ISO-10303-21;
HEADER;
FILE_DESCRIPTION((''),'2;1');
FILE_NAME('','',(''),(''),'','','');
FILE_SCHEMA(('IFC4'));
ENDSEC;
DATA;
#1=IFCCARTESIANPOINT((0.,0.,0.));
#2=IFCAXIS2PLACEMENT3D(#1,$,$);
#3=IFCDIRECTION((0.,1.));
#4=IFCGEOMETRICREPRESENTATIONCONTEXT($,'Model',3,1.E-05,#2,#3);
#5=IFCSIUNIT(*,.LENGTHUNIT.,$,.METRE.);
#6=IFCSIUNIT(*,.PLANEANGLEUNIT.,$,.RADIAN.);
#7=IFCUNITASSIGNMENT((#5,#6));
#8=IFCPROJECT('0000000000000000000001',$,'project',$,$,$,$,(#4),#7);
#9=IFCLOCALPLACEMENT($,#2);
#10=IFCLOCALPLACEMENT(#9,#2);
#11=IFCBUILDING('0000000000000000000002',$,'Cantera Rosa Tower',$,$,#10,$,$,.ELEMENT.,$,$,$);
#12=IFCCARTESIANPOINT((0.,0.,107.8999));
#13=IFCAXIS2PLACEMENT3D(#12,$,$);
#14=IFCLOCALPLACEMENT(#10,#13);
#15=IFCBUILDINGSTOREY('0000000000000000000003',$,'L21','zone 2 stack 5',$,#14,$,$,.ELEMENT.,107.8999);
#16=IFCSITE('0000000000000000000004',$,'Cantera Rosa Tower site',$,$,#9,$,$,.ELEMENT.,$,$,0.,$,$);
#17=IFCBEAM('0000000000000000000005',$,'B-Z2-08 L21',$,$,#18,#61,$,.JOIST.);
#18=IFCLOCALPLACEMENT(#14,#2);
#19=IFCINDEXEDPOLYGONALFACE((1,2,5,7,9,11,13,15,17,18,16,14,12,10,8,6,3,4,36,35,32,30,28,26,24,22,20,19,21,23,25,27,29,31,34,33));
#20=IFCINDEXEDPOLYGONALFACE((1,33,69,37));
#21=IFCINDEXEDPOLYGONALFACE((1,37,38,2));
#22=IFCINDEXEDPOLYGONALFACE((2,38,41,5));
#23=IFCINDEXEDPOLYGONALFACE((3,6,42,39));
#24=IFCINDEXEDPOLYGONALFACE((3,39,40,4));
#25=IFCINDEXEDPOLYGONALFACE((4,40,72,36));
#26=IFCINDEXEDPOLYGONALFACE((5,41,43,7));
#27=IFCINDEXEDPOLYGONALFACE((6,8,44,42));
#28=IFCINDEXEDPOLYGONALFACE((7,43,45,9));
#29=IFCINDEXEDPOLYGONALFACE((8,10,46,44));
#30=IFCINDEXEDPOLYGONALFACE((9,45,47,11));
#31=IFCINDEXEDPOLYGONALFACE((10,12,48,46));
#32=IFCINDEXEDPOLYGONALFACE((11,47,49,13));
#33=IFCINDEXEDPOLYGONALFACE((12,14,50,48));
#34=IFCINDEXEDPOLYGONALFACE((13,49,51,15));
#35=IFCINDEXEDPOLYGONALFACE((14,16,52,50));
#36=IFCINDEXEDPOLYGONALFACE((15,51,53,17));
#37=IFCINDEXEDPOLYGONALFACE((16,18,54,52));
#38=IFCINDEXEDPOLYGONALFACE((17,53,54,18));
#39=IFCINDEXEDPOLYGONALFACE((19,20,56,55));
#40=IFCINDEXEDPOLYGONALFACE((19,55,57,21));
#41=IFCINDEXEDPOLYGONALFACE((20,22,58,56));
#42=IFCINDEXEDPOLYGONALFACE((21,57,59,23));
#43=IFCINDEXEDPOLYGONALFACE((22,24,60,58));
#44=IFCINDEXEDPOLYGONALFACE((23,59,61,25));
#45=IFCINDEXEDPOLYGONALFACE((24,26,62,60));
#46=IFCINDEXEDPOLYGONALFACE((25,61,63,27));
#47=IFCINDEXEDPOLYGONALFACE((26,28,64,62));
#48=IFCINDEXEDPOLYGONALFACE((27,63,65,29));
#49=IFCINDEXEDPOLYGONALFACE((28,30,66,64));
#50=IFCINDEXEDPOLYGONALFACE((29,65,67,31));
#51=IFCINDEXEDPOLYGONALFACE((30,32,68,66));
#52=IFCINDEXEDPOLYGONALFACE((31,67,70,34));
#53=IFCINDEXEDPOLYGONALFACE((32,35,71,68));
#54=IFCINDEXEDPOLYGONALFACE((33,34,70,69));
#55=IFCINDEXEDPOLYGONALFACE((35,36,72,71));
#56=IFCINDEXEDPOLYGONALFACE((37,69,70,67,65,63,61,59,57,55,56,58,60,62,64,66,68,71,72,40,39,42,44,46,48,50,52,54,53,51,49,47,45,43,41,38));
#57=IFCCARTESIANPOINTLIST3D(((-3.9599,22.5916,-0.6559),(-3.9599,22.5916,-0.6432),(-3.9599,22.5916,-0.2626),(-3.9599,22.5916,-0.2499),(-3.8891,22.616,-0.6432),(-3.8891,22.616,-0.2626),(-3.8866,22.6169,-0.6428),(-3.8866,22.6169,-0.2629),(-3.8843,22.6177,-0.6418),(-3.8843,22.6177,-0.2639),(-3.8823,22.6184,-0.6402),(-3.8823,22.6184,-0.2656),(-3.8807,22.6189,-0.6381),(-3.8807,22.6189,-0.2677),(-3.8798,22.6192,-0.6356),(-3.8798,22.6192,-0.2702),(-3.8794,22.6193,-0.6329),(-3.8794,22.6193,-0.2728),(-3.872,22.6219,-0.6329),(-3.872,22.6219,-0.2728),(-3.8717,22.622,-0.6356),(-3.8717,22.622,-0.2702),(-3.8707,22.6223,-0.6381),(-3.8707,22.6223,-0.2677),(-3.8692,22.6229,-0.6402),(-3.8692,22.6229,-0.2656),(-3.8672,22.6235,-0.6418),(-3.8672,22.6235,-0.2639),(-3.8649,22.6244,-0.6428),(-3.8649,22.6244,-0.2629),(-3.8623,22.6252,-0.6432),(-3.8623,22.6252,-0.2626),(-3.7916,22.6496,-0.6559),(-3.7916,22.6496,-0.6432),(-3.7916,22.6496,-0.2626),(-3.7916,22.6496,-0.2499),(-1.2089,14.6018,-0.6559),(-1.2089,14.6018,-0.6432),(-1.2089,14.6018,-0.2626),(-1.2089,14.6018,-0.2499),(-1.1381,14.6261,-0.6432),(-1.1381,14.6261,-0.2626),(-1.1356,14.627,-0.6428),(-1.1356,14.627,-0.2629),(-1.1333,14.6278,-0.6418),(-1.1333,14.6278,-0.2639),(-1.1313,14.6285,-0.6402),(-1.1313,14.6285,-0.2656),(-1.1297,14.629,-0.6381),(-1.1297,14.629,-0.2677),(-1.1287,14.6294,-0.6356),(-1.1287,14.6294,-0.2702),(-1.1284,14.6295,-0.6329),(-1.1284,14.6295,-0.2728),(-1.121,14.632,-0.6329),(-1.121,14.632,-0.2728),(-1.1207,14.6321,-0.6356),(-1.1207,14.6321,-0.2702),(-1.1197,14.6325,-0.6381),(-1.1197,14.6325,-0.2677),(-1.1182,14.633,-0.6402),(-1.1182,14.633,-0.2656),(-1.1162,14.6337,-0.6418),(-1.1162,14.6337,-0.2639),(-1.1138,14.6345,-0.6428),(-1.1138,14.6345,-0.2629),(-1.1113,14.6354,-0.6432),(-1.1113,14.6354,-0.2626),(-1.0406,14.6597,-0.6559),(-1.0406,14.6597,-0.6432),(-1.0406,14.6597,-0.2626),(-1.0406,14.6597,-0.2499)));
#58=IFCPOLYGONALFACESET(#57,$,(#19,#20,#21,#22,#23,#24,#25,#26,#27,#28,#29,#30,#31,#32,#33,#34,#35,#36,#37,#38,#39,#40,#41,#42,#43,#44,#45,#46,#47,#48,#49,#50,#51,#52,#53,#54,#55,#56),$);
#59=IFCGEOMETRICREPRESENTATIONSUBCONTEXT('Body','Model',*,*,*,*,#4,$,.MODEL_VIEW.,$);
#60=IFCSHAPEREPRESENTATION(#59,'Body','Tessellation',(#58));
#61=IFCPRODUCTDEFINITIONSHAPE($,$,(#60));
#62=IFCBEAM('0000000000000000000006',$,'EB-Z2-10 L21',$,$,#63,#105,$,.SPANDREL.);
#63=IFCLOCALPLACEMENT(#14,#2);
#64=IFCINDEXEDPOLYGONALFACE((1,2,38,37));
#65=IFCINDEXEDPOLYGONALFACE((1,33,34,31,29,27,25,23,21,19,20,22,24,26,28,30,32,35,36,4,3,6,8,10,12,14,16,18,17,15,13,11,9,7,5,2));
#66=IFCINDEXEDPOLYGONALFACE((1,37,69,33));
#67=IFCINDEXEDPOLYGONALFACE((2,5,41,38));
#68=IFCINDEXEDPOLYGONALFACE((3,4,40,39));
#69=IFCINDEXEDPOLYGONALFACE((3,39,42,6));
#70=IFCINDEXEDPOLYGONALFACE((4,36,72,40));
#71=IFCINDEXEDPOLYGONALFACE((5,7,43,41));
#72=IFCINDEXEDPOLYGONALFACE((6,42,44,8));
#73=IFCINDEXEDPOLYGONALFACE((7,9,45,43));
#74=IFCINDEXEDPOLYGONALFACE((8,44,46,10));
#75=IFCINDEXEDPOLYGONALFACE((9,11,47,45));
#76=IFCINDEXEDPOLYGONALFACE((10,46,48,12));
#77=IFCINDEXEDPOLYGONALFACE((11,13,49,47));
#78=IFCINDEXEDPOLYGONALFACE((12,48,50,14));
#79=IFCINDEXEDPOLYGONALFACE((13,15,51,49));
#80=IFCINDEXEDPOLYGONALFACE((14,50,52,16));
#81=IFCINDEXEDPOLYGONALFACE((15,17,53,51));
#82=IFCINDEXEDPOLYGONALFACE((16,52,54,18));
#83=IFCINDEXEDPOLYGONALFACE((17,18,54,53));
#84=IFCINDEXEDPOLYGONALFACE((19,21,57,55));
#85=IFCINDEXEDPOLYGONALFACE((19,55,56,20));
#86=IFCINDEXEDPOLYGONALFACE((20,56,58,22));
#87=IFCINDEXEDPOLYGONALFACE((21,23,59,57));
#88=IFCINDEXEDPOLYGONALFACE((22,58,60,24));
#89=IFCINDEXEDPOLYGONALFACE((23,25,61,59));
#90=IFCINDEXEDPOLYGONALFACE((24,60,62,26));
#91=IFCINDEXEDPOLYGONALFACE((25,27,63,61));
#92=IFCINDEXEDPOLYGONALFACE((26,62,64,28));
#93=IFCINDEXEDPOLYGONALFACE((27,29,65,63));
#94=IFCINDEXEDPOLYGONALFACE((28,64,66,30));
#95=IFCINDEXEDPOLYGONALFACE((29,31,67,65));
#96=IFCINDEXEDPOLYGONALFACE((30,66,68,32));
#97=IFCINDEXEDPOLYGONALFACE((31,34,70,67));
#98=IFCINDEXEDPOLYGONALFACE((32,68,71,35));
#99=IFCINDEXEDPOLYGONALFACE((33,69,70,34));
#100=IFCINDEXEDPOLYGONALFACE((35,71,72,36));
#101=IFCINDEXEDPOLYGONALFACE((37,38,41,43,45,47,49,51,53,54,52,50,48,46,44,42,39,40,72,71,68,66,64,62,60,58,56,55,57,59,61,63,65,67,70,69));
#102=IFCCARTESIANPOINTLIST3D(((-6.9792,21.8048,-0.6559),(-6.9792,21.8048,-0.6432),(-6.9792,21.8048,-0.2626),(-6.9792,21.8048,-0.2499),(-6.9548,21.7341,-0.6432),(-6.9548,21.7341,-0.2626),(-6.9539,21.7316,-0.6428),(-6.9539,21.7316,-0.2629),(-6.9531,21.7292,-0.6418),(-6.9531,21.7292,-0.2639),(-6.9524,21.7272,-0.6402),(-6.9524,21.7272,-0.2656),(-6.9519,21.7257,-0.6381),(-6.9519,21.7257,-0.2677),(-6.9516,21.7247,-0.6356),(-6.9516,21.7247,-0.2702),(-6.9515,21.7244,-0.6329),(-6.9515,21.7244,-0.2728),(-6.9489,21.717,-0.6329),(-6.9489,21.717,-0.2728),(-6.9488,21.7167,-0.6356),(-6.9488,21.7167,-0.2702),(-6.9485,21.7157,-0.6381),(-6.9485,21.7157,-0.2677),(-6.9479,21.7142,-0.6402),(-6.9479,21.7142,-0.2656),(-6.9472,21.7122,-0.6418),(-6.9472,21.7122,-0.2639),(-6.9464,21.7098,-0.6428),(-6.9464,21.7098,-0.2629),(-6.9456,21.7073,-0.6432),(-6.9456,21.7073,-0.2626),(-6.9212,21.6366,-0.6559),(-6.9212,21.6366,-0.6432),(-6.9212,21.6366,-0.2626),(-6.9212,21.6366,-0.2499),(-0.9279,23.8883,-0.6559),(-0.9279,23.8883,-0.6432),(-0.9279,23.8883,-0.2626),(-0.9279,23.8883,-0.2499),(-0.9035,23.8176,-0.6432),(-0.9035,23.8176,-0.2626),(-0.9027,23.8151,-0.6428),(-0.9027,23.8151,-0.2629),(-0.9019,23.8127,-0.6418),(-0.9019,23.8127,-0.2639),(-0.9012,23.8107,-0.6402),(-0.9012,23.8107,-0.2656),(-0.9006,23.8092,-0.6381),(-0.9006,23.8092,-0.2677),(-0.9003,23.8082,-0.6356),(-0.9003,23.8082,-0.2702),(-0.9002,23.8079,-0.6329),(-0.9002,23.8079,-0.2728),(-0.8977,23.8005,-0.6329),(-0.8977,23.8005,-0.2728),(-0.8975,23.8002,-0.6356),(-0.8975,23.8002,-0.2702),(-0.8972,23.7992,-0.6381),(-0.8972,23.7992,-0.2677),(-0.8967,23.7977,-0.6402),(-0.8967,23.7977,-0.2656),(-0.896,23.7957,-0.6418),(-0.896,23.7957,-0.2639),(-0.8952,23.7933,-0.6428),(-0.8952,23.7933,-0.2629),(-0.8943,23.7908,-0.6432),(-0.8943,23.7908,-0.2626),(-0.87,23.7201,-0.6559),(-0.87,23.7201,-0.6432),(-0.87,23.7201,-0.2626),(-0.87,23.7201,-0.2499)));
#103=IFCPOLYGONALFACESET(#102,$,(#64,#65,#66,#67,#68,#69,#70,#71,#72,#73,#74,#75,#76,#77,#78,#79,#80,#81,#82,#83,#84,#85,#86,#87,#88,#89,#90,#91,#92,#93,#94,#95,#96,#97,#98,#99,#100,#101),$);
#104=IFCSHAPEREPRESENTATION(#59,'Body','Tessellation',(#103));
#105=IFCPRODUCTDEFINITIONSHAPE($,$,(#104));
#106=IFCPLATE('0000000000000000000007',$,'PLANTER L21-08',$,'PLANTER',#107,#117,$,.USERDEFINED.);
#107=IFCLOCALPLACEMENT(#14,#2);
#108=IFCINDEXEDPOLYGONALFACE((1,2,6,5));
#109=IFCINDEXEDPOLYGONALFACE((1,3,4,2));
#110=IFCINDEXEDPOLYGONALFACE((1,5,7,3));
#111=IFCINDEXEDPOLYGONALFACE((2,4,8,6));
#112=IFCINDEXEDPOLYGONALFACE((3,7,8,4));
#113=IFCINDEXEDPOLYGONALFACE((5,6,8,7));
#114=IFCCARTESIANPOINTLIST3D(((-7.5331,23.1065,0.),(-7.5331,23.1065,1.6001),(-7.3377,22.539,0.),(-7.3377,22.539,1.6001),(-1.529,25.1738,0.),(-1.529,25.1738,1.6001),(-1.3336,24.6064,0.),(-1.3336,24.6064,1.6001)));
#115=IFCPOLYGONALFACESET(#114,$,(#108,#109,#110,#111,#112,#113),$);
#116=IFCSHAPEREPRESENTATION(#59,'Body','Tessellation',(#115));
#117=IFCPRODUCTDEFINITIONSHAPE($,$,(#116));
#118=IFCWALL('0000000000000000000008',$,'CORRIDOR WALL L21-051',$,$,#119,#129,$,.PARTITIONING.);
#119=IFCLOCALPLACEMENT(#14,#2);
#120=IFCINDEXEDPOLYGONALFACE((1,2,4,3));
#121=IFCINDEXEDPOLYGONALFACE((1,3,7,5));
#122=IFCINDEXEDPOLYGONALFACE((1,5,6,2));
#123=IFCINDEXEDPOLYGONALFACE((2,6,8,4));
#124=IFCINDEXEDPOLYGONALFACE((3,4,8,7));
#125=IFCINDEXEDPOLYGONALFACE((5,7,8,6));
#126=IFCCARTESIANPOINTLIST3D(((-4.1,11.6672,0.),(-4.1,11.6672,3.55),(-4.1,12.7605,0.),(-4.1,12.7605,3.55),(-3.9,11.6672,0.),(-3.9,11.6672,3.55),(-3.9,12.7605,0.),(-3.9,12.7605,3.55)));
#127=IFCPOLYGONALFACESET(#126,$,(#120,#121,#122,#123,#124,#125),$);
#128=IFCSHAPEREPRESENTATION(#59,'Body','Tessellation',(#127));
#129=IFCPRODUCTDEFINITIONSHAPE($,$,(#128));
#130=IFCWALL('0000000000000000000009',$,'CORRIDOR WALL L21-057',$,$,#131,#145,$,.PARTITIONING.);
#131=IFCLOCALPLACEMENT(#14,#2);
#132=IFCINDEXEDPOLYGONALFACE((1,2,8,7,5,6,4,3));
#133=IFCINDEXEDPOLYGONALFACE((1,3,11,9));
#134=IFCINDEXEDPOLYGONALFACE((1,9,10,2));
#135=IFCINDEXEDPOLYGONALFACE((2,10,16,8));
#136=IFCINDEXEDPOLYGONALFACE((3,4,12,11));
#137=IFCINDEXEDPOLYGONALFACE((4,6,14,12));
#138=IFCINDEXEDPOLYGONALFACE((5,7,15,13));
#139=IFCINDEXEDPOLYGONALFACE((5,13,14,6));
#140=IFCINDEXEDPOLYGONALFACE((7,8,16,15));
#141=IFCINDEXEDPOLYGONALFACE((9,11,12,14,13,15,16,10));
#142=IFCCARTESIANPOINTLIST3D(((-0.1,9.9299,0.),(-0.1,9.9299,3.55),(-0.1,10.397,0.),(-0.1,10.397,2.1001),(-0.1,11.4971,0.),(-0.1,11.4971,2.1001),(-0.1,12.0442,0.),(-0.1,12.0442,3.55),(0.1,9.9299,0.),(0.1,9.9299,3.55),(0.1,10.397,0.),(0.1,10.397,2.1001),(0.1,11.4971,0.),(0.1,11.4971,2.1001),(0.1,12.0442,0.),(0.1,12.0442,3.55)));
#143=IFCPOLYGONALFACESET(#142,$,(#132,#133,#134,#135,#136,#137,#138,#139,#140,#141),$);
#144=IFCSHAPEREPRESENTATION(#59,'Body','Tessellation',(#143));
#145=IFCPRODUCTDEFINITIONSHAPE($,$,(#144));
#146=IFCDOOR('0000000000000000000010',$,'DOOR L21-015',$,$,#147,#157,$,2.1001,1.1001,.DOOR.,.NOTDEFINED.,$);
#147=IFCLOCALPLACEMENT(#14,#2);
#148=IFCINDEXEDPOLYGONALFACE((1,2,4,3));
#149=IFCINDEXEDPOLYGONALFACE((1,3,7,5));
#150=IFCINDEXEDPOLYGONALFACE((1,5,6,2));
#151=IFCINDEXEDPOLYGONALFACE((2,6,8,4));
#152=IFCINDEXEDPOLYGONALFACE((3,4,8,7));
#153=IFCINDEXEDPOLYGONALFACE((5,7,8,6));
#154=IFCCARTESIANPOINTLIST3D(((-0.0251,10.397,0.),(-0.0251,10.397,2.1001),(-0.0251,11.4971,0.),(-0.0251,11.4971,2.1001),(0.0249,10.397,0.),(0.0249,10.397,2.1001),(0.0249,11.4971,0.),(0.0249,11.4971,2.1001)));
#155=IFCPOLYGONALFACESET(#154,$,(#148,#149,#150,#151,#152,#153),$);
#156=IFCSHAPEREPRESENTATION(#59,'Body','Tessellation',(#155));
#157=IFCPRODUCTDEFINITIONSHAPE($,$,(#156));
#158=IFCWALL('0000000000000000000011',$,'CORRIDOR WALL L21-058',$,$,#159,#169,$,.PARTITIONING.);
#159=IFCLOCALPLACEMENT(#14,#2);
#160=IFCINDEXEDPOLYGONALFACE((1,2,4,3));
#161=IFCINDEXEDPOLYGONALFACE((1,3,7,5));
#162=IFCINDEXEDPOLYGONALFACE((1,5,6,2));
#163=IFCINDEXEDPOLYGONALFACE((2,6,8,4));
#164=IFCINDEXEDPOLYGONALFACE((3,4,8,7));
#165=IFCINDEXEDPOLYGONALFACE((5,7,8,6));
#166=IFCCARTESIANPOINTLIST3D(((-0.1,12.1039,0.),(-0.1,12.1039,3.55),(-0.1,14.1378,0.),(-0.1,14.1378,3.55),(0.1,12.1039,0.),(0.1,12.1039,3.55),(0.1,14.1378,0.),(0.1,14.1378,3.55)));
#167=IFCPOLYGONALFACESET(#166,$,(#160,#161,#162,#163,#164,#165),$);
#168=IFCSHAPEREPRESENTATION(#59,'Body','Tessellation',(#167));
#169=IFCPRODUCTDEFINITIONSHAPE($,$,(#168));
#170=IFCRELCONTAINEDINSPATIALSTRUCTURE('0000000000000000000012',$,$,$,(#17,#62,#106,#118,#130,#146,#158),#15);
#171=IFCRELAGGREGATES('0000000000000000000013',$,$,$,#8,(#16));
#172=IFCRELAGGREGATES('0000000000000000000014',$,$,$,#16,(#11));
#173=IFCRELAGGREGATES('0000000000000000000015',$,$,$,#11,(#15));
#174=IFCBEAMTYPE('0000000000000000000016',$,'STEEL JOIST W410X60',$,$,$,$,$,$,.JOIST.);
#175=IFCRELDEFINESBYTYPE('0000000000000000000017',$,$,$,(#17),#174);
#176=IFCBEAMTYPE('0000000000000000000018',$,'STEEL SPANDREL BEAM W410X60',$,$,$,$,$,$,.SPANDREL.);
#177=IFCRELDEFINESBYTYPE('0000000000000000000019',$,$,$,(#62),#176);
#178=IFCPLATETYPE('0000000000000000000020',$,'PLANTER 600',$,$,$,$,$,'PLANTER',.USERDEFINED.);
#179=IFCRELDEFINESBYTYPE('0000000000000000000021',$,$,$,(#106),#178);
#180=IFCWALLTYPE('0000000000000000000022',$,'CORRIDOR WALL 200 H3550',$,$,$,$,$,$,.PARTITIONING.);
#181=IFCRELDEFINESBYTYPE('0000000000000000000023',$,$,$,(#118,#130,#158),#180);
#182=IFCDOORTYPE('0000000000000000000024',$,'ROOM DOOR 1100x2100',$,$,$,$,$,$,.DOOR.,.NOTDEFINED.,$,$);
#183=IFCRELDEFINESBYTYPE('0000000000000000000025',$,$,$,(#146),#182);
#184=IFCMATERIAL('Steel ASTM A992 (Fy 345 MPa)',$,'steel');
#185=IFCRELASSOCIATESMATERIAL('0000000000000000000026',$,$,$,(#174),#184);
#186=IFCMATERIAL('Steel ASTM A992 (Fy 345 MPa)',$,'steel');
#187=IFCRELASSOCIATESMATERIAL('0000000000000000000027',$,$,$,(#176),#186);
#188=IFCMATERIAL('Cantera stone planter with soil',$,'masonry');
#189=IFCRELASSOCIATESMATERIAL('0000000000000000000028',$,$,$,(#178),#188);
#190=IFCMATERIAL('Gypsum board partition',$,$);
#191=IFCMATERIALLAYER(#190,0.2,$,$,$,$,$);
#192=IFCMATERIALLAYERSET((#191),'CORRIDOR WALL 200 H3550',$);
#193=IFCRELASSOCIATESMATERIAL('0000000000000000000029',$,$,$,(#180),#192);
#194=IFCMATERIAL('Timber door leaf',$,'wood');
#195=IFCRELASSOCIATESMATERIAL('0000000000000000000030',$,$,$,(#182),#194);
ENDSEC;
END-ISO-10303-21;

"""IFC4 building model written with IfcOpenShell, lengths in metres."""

from ifc_helpers import new_model, si_unit, direction, frame, frame_2d, origin, origin_2d, place, context, subcontext, project, spatial, rectangle, i_section, extrude, material, layer, layer_set, material_profile, profile_set, type_object, element, fill, save


model = new_model("IFC4")

# Units and contexts
model_context = context("Model", 3, precision=1e-05, world=origin(), true_north=direction((0.0, 1.0)))
body_context = subcontext(model_context, "Body", "Model", "MODEL_VIEW")
ifc_project = project(units=[si_unit("LENGTHUNIT", "METRE"), si_unit("PLANEANGLEUNIT", "RADIAN")], contexts=[model_context])

# Site, building, storey
site_placement = place(None, origin())
site = spatial("IfcSite", under=ifc_project, at=site_placement, Name="Cantera Rosa Tower site", CompositionType="ELEMENT", RefElevation=0.0)
building_placement = place(site_placement, origin())
building = spatial("IfcBuilding", under=site, at=building_placement, Name="Cantera Rosa Tower", CompositionType="ELEMENT")
storey_placement = place(building_placement, frame((0.0, 0.0, 107.8999)))
storey = spatial("IfcBuildingStorey", under=building, at=storey_placement, Name="L21", Description="zone 2 stack 5", CompositionType="ELEMENT", Elevation=107.8999)

# Beams
ifc_material_1 = material(Name="Steel ASTM A992 (Fy 345 MPa)", Category="steel")
ifc_material_profile_1 = material_profile(ifc_material_1, i_section(OverallWidth=0.178, OverallDepth=0.406, WebThickness=0.0078, FlangeThickness=0.0127, FilletRadius=0.0103, at=origin_2d()), Name="W410X60")
ifc_profile_set_1 = profile_set([ifc_material_profile_1], Name="Steel ASTM A992 (Fy 345 MPa)")
beam_type_1 = type_object("IfcBeamType", Name="STEEL JOIST W410X60", PredefinedType="JOIST", material=ifc_profile_set_1)
beam_1_placement = place(storey_placement, frame((-3.8757, 22.6206, -0.4529), z_axis=(0.325556, -0.945523, 0.0), x_axis=(0.945523, 0.325556, 0.0)))
element("IfcBeam", 1, at=beam_1_placement, inside=storey, type_object=beam_type_1, Name="B-Z2-08 L21", PredefinedType="JOIST", context=body_context, shape_type="SweptSolid", body=[
    extrude(i_section(OverallWidth=0.178, OverallDepth=0.406, WebThickness=0.0078, FlangeThickness=0.0127, FilletRadius=0.0103, at=origin_2d()), origin(), (0.0, 0.0, 1.0), 8.4502),
])
ifc_material_2 = material(Name="Steel ASTM A992 (Fy 345 MPa)", Category="steel")
ifc_material_profile_2 = material_profile(ifc_material_2, i_section(OverallWidth=0.178, OverallDepth=0.406, WebThickness=0.0078, FlangeThickness=0.0127, FilletRadius=0.0103, at=origin_2d()), Name="W410X60")
ifc_profile_set_2 = profile_set([ifc_material_profile_2], Name="Steel ASTM A992 (Fy 345 MPa)")
beam_type_2 = type_object("IfcBeamType", Name="STEEL SPANDREL BEAM W410X60", PredefinedType="SPANDREL", material=ifc_profile_set_2)
beam_2_placement = place(storey_placement, frame((-0.8989, 23.8042, -0.4529), z_axis=(-0.945524, -0.325551, 0.0), x_axis=(0.325551, -0.945524, 0.0)))
element("IfcBeam", 2, at=beam_2_placement, inside=storey, type_object=beam_type_2, Name="EB-Z2-10 L21", PredefinedType="SPANDREL", context=body_context, shape_type="SweptSolid", body=[
    extrude(i_section(OverallWidth=0.178, OverallDepth=0.406, WebThickness=0.0078, FlangeThickness=0.0127, FilletRadius=0.0103, at=origin_2d()), origin(), (0.0, 0.0, 1.0), 6.3999),
])

# Plate
ifc_material_3 = material(Name="Cantera stone planter with soil", Category="masonry")
plate_type = type_object("IfcPlateType", Name="PLANTER 600", ElementType="PLANTER", PredefinedType="USERDEFINED", material=ifc_material_3)
plate_placement = place(storey_placement, frame((-4.4333, 23.8564, 0.0), z_axis=(0.0, 0.0, 1.0), x_axis=(-0.945519, -0.325568, 0.0)))
element("IfcPlate", 3, at=plate_placement, inside=storey, type_object=plate_type, Name="PLANTER L21-08", ObjectType="PLANTER", PredefinedType="USERDEFINED", context=body_context, shape_type="SweptSolid", body=[
    extrude(rectangle(XDim=6.3501, YDim=0.6001, at=origin_2d()), origin(), (0.0, 0.0, 1.0), 1.6001),
])

# Wall
ifc_material_4 = material(Name="Gypsum board partition")
ifc_layer_1 = layer(ifc_material_4, 0.2)
ifc_layer_set_1 = layer_set([ifc_layer_1], Name="CORRIDOR WALL 200 H3550")
wall_type_1 = type_object("IfcWallType", Name="CORRIDOR WALL 200 H3550", PredefinedType="PARTITIONING", material=ifc_layer_set_1)
wall_1_placement = place(storey_placement, frame((-4.0, 12.7605, 0.0), z_axis=(0.0, 0.0, 1.0), x_axis=(0.0, -1.0, 0.0)))
element("IfcWall", 4, at=wall_1_placement, inside=storey, type_object=wall_type_1, Name="CORRIDOR WALL L21-051", PredefinedType="PARTITIONING", context=body_context, shape_type="SweptSolid", body=[
    extrude(rectangle(XDim=1.0933, YDim=0.2, at=frame_2d((0.5466, 0.0))), origin(), (0.0, 0.0, 1.0), 3.55),
])

# Wall, opening, door
wall_2_placement = place(storey_placement, frame((0.0, 12.0442, 0.0), z_axis=(0.0, 0.0, 1.0), x_axis=(0.0, -1.0, 0.0)))
wall_2 = element("IfcWall", 5, at=wall_2_placement, inside=storey, type_object=wall_type_1, Name="CORRIDOR WALL L21-057", PredefinedType="PARTITIONING", context=body_context, shape_type="SweptSolid", body=[
    extrude(rectangle(XDim=2.1143, YDim=0.2, at=frame_2d((1.0571, 0.0))), origin(), (0.0, 0.0, 1.0), 3.55),
])
opening_1_placement = place(wall_2_placement, frame((0.5471, 0.0, 0.0)))
opening_1 = element("IfcOpeningElement", 6, at=opening_1_placement, cuts=wall_2, PredefinedType="OPENING", context=body_context, shape_type="SweptSolid", body=[
    extrude(rectangle(XDim=1.1001, YDim=2.1001, at=frame_2d((0.55, 1.05))), frame((0.0, 0.1099, 0.0), z_axis=(0.0, -1.0, 0.0), x_axis=(1.0, 0.0, 0.0)), (0.0, 0.0, 1.0), 0.22),
])
ifc_material_5 = material(Name="Timber door leaf", Category="wood")
door_type_1 = type_object("IfcDoorType", Name="ROOM DOOR 1100x2100", OperationType="NOTDEFINED", PredefinedType="DOOR", material=ifc_material_5)
door_1_placement = place(opening_1_placement, origin())
door_1 = element("IfcDoor", 7, at=door_1_placement, inside=storey, type_object=door_type_1, Name="DOOR L21-015", OperationType="NOTDEFINED", OverallHeight=2.1001, OverallWidth=1.1001, PredefinedType="DOOR", context=body_context, shape_type="SweptSolid", body=[
    extrude(rectangle(XDim=1.1001, YDim=2.1001, at=frame_2d((0.55, 1.05))), frame((0.0, 0.0249, 0.0), z_axis=(0.0, -1.0, 0.0), x_axis=(1.0, 0.0, 0.0)), (0.0, 0.0, 1.0), 0.05),
])
fill(opening_1, door_1)

# Wall
wall_3_placement = place(storey_placement, frame((0.0, 14.1379, 0.0), z_axis=(0.0, 0.0, 1.0), x_axis=(0.0, -1.0, 0.0)))
element("IfcWall", 8, at=wall_3_placement, inside=storey, type_object=wall_type_1, Name="CORRIDOR WALL L21-058", PredefinedType="PARTITIONING", context=body_context, shape_type="SweptSolid", body=[
    extrude(rectangle(XDim=2.0339, YDim=0.2, at=frame_2d((1.0171, 0.0))), origin(), (0.0, 0.0, 1.0), 3.55),
])

save(model, "model.ifc")
